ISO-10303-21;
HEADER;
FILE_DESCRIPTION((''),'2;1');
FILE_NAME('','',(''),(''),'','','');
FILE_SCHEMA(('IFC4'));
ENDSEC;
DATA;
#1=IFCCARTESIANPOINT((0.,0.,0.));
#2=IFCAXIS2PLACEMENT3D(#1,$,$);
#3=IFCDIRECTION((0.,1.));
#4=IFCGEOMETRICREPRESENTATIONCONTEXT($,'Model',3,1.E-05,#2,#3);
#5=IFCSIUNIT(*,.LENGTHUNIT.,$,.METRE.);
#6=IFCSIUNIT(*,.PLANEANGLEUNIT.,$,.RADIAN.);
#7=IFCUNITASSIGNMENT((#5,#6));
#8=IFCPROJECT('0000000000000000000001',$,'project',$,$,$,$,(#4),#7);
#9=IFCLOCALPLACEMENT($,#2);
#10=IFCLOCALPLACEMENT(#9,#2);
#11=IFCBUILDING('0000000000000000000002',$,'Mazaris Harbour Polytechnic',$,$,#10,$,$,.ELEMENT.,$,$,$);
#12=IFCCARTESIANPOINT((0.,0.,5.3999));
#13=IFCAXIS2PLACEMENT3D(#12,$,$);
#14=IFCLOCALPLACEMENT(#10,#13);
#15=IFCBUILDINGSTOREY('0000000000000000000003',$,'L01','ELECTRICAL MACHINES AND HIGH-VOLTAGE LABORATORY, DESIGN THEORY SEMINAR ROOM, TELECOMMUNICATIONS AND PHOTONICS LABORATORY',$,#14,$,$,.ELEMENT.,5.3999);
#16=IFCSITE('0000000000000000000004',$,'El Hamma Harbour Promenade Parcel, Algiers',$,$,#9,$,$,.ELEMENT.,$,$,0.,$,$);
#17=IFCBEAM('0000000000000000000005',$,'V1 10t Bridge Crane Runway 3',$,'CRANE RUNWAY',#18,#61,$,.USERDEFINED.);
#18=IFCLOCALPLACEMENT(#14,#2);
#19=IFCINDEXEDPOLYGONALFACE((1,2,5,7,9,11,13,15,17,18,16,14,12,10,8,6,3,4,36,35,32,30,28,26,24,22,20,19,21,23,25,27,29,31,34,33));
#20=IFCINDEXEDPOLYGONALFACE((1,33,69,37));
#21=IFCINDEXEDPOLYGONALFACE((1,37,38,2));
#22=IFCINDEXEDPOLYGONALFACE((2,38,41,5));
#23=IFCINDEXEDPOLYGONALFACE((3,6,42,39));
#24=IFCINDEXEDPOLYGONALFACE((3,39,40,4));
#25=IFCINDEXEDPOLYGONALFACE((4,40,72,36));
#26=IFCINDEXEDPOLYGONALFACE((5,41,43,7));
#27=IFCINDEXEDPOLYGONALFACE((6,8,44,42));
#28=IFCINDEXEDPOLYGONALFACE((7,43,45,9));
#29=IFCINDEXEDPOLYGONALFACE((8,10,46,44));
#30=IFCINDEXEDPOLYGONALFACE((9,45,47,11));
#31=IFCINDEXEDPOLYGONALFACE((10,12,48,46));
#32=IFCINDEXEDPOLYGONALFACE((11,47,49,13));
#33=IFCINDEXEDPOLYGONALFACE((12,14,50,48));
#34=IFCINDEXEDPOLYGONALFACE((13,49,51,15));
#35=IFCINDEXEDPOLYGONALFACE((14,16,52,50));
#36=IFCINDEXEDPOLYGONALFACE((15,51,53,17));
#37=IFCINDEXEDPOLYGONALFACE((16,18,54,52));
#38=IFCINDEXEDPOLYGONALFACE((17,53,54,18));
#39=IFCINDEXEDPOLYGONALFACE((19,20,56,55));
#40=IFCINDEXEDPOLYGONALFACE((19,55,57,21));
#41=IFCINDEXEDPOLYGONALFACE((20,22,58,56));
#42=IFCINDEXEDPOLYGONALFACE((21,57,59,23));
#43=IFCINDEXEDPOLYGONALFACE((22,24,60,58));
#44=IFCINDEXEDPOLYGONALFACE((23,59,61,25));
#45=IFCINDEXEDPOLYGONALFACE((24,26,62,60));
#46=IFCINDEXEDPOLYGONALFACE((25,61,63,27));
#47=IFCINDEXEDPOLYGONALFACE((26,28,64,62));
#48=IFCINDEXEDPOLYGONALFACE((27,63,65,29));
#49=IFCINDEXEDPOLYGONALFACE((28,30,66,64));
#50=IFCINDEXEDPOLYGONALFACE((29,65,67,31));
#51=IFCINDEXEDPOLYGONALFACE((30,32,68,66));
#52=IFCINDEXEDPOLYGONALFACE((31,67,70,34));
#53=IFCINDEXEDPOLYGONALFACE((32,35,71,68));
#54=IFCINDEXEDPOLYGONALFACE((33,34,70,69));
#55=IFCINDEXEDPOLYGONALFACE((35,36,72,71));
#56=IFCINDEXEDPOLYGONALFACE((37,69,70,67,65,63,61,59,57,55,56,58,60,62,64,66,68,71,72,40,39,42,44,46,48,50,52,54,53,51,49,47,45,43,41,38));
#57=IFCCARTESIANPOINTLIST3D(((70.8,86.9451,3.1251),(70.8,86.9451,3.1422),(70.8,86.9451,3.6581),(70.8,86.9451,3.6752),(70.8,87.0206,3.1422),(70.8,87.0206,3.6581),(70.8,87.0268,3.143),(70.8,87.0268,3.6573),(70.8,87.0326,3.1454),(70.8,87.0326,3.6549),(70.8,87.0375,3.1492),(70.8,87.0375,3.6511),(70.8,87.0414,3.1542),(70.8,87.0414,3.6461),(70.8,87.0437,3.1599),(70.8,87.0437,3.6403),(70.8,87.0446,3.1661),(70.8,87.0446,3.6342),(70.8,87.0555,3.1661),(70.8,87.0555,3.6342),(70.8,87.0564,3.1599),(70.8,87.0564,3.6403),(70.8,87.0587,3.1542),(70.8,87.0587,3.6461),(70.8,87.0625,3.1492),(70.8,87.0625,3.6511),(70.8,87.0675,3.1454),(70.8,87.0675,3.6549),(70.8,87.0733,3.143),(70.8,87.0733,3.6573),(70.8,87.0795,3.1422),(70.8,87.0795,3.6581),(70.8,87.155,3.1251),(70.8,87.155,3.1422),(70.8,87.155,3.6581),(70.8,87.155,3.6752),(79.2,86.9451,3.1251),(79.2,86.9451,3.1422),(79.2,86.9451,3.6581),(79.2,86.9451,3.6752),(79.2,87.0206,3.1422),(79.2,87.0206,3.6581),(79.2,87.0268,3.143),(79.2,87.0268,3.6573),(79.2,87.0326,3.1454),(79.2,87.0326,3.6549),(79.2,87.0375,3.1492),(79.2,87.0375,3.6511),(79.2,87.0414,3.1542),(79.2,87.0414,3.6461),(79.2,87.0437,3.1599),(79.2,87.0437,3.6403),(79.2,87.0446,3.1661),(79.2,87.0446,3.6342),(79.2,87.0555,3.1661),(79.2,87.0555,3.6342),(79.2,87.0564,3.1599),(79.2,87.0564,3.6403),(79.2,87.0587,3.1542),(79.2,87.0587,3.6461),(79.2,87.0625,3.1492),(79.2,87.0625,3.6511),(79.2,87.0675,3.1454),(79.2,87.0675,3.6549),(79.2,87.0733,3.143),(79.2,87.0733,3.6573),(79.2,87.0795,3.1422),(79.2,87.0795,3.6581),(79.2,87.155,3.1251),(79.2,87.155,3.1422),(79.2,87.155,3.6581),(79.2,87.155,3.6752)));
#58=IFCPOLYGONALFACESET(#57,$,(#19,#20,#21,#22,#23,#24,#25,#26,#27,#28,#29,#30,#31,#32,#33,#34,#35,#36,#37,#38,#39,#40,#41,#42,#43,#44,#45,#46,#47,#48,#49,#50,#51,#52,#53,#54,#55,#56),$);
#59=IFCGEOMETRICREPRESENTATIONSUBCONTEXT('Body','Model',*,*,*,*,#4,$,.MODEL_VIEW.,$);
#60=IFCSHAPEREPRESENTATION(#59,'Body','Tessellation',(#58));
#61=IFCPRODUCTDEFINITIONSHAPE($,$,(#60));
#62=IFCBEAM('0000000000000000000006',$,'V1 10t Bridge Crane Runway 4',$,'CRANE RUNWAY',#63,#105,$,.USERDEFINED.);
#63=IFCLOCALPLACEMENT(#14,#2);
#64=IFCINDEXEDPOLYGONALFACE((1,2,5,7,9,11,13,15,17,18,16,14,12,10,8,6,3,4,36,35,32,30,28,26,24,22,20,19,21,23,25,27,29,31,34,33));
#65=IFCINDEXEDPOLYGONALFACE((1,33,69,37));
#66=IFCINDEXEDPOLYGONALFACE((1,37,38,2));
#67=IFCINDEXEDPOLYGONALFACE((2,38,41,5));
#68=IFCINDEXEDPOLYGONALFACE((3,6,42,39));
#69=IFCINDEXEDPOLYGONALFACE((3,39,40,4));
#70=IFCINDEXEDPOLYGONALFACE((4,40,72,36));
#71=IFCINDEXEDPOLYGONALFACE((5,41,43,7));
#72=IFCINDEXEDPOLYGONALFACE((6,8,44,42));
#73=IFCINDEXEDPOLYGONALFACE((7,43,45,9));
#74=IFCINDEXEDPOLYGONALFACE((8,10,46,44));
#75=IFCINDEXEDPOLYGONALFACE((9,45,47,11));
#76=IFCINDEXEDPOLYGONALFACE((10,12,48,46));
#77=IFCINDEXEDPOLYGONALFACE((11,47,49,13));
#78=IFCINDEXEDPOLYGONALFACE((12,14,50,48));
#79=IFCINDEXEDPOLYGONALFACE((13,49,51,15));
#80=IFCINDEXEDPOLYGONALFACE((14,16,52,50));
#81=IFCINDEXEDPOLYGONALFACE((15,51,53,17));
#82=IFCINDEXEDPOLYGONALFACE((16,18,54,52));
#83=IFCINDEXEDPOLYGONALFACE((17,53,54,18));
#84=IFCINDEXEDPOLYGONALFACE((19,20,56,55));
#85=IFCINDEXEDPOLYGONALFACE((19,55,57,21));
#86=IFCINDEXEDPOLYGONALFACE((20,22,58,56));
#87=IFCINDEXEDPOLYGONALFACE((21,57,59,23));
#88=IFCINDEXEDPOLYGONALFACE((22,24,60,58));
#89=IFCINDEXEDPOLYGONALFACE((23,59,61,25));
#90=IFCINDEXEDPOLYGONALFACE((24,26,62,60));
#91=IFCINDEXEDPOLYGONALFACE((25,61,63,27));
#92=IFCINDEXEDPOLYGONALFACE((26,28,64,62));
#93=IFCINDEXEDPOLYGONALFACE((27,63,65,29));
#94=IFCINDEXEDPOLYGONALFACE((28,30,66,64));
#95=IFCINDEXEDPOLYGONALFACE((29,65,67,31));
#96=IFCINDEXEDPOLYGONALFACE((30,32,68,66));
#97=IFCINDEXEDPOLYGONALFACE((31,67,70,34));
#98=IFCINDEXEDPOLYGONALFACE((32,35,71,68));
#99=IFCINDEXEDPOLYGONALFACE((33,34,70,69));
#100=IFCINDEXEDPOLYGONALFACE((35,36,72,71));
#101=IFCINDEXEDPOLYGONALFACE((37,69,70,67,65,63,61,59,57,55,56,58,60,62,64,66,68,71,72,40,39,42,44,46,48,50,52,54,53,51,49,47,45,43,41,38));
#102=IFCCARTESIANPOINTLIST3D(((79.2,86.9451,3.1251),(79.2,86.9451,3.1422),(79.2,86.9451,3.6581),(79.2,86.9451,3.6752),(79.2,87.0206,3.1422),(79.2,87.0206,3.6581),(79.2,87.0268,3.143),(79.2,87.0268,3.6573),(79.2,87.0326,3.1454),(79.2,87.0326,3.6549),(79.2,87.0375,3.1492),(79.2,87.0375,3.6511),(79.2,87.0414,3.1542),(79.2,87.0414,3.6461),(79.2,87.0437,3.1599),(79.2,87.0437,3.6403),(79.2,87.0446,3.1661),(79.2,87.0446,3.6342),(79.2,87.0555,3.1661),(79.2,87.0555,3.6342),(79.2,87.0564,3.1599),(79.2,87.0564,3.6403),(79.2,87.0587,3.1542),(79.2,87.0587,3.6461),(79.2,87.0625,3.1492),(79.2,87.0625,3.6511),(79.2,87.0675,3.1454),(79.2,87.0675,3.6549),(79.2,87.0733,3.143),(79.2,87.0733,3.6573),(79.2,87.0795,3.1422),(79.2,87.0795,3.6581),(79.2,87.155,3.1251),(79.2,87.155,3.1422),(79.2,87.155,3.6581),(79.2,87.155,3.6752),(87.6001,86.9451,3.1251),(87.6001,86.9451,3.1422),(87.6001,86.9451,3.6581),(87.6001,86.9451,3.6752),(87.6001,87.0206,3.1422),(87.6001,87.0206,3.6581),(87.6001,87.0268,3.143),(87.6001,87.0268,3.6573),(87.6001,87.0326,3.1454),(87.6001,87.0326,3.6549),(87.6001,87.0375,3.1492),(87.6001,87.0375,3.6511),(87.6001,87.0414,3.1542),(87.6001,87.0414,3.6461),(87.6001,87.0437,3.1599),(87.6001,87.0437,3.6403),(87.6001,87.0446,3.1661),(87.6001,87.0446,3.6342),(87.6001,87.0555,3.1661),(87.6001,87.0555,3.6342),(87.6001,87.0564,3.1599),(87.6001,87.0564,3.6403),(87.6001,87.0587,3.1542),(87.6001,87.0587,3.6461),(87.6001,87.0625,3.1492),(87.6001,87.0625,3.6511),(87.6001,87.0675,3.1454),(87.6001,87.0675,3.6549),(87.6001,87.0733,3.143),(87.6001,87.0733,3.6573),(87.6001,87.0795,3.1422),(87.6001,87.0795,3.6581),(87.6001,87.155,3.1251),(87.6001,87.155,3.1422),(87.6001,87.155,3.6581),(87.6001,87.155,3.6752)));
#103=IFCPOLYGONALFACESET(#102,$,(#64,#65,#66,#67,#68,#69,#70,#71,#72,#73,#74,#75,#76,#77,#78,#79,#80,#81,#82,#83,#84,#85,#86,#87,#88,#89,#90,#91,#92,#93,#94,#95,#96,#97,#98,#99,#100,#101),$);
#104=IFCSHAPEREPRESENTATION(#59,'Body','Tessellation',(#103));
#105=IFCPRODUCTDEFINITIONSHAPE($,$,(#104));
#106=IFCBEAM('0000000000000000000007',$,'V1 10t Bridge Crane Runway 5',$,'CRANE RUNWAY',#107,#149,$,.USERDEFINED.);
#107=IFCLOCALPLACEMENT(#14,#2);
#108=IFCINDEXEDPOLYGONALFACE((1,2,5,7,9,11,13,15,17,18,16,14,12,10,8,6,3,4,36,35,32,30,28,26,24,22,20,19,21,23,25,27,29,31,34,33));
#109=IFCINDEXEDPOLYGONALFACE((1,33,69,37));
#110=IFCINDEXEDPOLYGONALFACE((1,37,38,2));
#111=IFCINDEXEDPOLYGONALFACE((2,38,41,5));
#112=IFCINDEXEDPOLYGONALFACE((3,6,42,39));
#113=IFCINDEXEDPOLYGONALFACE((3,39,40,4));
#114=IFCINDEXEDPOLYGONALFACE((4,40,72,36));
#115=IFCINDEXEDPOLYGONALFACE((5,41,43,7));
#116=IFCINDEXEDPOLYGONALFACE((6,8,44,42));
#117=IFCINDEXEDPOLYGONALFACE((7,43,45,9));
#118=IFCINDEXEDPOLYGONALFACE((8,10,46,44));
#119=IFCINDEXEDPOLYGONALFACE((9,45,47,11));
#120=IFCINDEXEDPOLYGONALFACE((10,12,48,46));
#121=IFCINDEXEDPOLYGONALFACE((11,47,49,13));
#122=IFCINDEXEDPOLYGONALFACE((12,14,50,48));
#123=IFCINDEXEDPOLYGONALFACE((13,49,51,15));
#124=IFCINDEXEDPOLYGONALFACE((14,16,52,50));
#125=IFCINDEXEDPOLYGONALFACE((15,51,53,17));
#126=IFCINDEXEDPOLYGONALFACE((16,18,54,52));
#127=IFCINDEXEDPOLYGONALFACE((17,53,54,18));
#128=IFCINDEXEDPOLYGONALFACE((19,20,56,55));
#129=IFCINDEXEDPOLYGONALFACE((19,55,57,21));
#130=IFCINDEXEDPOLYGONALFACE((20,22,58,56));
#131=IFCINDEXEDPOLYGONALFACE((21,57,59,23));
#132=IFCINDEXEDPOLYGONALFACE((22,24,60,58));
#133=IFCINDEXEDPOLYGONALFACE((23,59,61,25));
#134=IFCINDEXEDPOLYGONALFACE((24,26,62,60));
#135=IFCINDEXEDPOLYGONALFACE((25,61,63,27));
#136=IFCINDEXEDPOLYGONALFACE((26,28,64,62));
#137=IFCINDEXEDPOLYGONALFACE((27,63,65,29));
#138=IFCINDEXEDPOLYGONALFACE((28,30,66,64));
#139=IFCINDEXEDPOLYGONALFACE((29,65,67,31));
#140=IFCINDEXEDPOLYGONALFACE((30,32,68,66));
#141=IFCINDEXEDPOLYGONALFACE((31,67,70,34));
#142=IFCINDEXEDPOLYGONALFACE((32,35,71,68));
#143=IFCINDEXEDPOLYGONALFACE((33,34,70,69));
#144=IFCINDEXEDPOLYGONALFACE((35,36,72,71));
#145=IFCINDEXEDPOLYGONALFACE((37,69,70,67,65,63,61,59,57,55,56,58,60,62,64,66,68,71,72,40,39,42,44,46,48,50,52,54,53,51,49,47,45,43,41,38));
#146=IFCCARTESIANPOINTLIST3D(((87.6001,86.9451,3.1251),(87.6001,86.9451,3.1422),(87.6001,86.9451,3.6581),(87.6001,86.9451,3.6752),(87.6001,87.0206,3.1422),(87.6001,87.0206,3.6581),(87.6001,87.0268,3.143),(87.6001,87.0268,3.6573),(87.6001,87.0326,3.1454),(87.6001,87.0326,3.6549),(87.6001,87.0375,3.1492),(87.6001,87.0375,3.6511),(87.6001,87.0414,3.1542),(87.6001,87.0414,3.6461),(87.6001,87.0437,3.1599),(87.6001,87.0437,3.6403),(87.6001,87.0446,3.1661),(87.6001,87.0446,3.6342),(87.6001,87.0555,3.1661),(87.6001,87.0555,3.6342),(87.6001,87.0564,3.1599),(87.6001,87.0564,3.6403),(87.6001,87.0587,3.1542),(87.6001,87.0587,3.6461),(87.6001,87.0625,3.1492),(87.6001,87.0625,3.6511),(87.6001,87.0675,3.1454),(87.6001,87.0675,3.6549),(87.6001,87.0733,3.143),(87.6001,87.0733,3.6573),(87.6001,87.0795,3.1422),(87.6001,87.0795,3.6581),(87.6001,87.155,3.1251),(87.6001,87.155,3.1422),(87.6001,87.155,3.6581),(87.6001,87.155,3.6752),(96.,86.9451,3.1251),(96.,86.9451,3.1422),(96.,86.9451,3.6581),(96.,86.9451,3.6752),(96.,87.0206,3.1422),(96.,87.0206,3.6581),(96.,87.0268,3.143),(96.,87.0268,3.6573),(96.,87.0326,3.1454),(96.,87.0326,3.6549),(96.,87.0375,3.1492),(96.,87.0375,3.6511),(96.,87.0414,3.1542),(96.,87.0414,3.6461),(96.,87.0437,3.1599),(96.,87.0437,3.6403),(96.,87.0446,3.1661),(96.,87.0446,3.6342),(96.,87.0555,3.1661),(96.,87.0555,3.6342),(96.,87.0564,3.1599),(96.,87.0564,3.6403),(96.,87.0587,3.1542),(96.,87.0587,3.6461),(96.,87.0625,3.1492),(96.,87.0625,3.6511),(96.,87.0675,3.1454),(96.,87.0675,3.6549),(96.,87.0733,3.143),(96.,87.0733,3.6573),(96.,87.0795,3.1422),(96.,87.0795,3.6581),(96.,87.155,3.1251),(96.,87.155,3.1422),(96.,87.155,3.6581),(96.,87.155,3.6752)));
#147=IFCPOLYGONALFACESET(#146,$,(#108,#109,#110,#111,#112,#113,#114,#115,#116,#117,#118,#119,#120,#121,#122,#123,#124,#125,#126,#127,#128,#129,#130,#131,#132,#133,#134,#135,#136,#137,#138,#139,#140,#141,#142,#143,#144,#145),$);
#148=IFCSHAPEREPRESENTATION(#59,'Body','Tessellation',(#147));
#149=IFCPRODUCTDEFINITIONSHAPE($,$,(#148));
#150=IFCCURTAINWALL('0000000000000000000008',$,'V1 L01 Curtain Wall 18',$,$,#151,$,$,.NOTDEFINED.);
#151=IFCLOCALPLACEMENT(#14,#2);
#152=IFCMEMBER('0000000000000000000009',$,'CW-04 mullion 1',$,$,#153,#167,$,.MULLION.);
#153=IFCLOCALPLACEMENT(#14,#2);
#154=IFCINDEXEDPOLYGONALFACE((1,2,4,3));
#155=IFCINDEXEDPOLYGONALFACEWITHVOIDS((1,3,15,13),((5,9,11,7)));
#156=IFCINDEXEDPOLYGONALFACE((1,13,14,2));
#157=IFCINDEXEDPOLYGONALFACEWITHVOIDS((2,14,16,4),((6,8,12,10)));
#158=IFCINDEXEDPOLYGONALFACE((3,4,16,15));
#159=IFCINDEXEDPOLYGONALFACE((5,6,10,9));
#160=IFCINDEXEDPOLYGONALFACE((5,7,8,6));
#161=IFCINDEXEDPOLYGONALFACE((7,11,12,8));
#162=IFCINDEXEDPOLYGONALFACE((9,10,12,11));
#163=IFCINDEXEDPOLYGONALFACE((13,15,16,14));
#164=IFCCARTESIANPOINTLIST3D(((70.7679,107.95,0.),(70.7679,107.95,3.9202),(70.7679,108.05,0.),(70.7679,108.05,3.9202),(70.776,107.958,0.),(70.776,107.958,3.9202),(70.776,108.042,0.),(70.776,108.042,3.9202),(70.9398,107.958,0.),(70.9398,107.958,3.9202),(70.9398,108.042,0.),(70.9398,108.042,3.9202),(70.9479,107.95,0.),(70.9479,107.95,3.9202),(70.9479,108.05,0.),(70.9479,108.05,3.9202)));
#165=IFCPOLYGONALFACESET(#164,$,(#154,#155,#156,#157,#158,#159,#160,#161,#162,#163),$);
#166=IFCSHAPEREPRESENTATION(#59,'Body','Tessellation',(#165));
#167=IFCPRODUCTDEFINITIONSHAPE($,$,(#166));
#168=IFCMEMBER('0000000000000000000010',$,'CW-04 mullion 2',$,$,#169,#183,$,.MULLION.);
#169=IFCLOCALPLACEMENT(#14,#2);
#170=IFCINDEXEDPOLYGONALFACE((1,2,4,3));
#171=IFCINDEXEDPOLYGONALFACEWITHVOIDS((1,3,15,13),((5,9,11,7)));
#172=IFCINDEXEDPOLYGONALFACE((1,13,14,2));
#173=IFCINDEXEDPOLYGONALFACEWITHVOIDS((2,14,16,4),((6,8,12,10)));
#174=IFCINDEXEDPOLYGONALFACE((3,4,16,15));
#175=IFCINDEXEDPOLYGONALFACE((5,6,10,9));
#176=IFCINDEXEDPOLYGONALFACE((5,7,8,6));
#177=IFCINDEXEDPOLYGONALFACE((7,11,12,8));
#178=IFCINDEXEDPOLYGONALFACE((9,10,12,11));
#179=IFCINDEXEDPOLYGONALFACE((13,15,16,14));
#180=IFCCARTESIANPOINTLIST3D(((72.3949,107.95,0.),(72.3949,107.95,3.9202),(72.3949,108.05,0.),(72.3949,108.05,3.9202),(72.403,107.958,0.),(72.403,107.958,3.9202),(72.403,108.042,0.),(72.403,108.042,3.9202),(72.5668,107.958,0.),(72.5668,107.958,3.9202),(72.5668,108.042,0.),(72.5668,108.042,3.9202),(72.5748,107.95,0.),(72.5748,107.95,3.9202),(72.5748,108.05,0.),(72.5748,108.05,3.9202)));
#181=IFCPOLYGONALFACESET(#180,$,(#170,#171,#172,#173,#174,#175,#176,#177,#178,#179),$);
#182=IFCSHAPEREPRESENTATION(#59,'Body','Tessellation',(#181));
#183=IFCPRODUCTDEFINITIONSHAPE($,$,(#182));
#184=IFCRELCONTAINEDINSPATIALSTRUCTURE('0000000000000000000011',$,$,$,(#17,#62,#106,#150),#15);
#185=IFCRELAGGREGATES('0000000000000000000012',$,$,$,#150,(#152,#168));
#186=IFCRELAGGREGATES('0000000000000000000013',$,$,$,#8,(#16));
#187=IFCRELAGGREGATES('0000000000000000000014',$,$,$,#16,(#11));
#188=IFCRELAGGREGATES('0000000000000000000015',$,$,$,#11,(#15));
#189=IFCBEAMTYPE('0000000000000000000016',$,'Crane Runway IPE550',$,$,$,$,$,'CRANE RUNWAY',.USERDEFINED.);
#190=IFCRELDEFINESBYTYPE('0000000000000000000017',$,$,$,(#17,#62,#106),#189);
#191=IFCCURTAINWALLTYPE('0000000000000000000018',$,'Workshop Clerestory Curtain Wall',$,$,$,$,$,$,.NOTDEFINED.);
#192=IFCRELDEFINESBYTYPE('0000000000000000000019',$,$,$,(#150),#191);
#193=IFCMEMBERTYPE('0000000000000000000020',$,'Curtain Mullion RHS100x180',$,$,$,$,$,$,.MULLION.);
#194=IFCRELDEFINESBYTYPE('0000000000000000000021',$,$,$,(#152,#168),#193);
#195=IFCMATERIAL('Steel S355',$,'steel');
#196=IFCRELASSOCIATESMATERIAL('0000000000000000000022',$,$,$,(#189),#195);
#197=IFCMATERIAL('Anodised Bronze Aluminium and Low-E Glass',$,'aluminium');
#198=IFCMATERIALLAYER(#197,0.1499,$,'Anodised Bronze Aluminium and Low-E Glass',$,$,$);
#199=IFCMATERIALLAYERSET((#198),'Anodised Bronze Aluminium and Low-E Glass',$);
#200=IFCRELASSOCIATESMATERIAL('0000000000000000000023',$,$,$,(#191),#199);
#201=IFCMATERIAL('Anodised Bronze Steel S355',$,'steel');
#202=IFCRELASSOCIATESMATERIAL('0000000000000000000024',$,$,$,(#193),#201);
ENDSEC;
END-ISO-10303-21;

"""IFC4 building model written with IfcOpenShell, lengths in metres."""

from ifc_helpers import new_model, si_unit, direction, frame, origin, origin_2d, place, context, subcontext, project, spatial, hollow_rectangle, i_section, extrude, material, layer, layer_set, material_profile, profile_set, type_object, element, aggregate, save


model = new_model("IFC4")

# Units and contexts
model_context = context("Model", 3, precision=1e-05, world=origin(), true_north=direction((0.0, 1.0)))
body_context = subcontext(model_context, "Body", "Model", "MODEL_VIEW")
ifc_project = project(units=[si_unit("LENGTHUNIT", "METRE"), si_unit("PLANEANGLEUNIT", "RADIAN")], contexts=[model_context])

# Site, building, storey
site_placement = place(None, origin())
site = spatial("IfcSite", under=ifc_project, at=site_placement, Name="El Hamma Harbour Promenade Parcel, Algiers", CompositionType="ELEMENT", RefElevation=0.0)
building_placement = place(site_placement, origin())
building = spatial("IfcBuilding", under=site, at=building_placement, Name="Mazaris Harbour Polytechnic", CompositionType="ELEMENT")
storey_placement = place(building_placement, frame((0.0, 0.0, 5.3999)))
storey = spatial("IfcBuildingStorey", under=building, at=storey_placement, Name="L01", Description="ELECTRICAL MACHINES AND HIGH-VOLTAGE LABORATORY, DESIGN THEORY SEMINAR ROOM, TELECOMMUNICATIONS AND PHOTONICS LABORATORY", CompositionType="ELEMENT", Elevation=5.3999)

# Beams
ifc_material_1 = material(Name="Steel S355", Category="steel")
ifc_material_profile_1 = material_profile(ifc_material_1, i_section(OverallWidth=0.21, OverallDepth=0.55, WebThickness=0.011, FlangeThickness=0.0171, FilletRadius=0.0239, at=origin_2d()), Name="IPE 550")
ifc_profile_set_1 = profile_set([ifc_material_profile_1], Name="Steel S355")
beam_type_1 = type_object("IfcBeamType", Name="Crane Runway IPE550", ElementType="CRANE RUNWAY", PredefinedType="USERDEFINED", material=ifc_profile_set_1)
beam_1_placement = place(storey_placement, frame((70.8, 87.05, 3.4001), z_axis=(1.0, 0.0, 0.0), x_axis=(0.0, 1.0, 0.0)))
element("IfcBeam", 1, at=beam_1_placement, inside=storey, type_object=beam_type_1, Name="V1 10t Bridge Crane Runway 3", ObjectType="CRANE RUNWAY", PredefinedType="USERDEFINED", context=body_context, shape_type="SweptSolid", body=[
    extrude(i_section(OverallWidth=0.21, OverallDepth=0.55, WebThickness=0.011, FlangeThickness=0.0171, FilletRadius=0.0239, at=origin_2d()), origin(), (0.0, 0.0, 1.0), 8.3999),
])
beam_2_placement = place(storey_placement, frame((79.2, 87.05, 3.4001), z_axis=(1.0, 0.0, 0.0), x_axis=(0.0, 1.0, 0.0)))
element("IfcBeam", 2, at=beam_2_placement, inside=storey, type_object=beam_type_1, Name="V1 10t Bridge Crane Runway 4", ObjectType="CRANE RUNWAY", PredefinedType="USERDEFINED", context=body_context, shape_type="SweptSolid", body=[
    extrude(i_section(OverallWidth=0.21, OverallDepth=0.55, WebThickness=0.011, FlangeThickness=0.0171, FilletRadius=0.0239, at=origin_2d()), origin(), (0.0, 0.0, 1.0), 8.4001),
])
beam_3_placement = place(storey_placement, frame((87.6001, 87.05, 3.4001), z_axis=(1.0, 0.0, 0.0), x_axis=(0.0, 1.0, 0.0)))
element("IfcBeam", 3, at=beam_3_placement, inside=storey, type_object=beam_type_1, Name="V1 10t Bridge Crane Runway 5", ObjectType="CRANE RUNWAY", PredefinedType="USERDEFINED", context=body_context, shape_type="SweptSolid", body=[
    extrude(i_section(OverallWidth=0.21, OverallDepth=0.55, WebThickness=0.011, FlangeThickness=0.0171, FilletRadius=0.0239, at=origin_2d()), origin(), (0.0, 0.0, 1.0), 8.3999),
])

# Curtain wall, members
ifc_material_2 = material(Name="Anodised Bronze Aluminium and Low-E Glass", Category="aluminium")
ifc_layer_1 = layer(ifc_material_2, 0.1499, Name="Anodised Bronze Aluminium and Low-E Glass")
ifc_layer_set_1 = layer_set([ifc_layer_1], Name="Anodised Bronze Aluminium and Low-E Glass")
curtain_wall_type = type_object("IfcCurtainWallType", Name="Workshop Clerestory Curtain Wall", PredefinedType="NOTDEFINED", material=ifc_layer_set_1)
curtain_wall_placement = place(storey_placement, origin())
curtain_wall = element("IfcCurtainWall", 4, at=curtain_wall_placement, inside=storey, type_object=curtain_wall_type, Name="V1 L01 Curtain Wall 18", PredefinedType="NOTDEFINED")
ifc_material_3 = material(Name="Anodised Bronze Steel S355", Category="steel")
ifc_material_profile_2 = material_profile(ifc_material_3, hollow_rectangle(XDim=0.1001, YDim=0.1799, WallThickness=0.0081, at=origin_2d()), Name="RHS 100x180x8.0")
ifc_profile_set_2 = profile_set([ifc_material_profile_2], Name="Anodised Bronze Steel S355")
member_type_1 = type_object("IfcMemberType", Name="Curtain Mullion RHS100x180", PredefinedType="MULLION", material=ifc_profile_set_2)
member_1_placement = place(storey_placement, frame((70.8579, 108.0, 0.0), z_axis=(0.0, 0.0, 1.0), x_axis=(0.0, 1.0, 0.0)))
member_1 = element("IfcMember", 5, at=member_1_placement, type_object=member_type_1, Name="CW-04 mullion 1", PredefinedType="MULLION", context=body_context, shape_type="SweptSolid", body=[
    extrude(hollow_rectangle(XDim=0.1001, YDim=0.1799, WallThickness=0.0081, at=origin_2d()), origin(), (0.0, 0.0, 1.0), 3.9202),
])
member_2_placement = place(storey_placement, frame((72.4849, 108.0, 0.0), z_axis=(0.0, 0.0, 1.0), x_axis=(0.0, 1.0, 0.0)))
member_2 = element("IfcMember", 6, at=member_2_placement, type_object=member_type_1, Name="CW-04 mullion 2", PredefinedType="MULLION", context=body_context, shape_type="SweptSolid", body=[
    extrude(hollow_rectangle(XDim=0.1001, YDim=0.1799, WallThickness=0.0081, at=origin_2d()), origin(), (0.0, 0.0, 1.0), 3.9202),
])

aggregate(curtain_wall, [member_1, member_2])

save(model, "model.ifc")
